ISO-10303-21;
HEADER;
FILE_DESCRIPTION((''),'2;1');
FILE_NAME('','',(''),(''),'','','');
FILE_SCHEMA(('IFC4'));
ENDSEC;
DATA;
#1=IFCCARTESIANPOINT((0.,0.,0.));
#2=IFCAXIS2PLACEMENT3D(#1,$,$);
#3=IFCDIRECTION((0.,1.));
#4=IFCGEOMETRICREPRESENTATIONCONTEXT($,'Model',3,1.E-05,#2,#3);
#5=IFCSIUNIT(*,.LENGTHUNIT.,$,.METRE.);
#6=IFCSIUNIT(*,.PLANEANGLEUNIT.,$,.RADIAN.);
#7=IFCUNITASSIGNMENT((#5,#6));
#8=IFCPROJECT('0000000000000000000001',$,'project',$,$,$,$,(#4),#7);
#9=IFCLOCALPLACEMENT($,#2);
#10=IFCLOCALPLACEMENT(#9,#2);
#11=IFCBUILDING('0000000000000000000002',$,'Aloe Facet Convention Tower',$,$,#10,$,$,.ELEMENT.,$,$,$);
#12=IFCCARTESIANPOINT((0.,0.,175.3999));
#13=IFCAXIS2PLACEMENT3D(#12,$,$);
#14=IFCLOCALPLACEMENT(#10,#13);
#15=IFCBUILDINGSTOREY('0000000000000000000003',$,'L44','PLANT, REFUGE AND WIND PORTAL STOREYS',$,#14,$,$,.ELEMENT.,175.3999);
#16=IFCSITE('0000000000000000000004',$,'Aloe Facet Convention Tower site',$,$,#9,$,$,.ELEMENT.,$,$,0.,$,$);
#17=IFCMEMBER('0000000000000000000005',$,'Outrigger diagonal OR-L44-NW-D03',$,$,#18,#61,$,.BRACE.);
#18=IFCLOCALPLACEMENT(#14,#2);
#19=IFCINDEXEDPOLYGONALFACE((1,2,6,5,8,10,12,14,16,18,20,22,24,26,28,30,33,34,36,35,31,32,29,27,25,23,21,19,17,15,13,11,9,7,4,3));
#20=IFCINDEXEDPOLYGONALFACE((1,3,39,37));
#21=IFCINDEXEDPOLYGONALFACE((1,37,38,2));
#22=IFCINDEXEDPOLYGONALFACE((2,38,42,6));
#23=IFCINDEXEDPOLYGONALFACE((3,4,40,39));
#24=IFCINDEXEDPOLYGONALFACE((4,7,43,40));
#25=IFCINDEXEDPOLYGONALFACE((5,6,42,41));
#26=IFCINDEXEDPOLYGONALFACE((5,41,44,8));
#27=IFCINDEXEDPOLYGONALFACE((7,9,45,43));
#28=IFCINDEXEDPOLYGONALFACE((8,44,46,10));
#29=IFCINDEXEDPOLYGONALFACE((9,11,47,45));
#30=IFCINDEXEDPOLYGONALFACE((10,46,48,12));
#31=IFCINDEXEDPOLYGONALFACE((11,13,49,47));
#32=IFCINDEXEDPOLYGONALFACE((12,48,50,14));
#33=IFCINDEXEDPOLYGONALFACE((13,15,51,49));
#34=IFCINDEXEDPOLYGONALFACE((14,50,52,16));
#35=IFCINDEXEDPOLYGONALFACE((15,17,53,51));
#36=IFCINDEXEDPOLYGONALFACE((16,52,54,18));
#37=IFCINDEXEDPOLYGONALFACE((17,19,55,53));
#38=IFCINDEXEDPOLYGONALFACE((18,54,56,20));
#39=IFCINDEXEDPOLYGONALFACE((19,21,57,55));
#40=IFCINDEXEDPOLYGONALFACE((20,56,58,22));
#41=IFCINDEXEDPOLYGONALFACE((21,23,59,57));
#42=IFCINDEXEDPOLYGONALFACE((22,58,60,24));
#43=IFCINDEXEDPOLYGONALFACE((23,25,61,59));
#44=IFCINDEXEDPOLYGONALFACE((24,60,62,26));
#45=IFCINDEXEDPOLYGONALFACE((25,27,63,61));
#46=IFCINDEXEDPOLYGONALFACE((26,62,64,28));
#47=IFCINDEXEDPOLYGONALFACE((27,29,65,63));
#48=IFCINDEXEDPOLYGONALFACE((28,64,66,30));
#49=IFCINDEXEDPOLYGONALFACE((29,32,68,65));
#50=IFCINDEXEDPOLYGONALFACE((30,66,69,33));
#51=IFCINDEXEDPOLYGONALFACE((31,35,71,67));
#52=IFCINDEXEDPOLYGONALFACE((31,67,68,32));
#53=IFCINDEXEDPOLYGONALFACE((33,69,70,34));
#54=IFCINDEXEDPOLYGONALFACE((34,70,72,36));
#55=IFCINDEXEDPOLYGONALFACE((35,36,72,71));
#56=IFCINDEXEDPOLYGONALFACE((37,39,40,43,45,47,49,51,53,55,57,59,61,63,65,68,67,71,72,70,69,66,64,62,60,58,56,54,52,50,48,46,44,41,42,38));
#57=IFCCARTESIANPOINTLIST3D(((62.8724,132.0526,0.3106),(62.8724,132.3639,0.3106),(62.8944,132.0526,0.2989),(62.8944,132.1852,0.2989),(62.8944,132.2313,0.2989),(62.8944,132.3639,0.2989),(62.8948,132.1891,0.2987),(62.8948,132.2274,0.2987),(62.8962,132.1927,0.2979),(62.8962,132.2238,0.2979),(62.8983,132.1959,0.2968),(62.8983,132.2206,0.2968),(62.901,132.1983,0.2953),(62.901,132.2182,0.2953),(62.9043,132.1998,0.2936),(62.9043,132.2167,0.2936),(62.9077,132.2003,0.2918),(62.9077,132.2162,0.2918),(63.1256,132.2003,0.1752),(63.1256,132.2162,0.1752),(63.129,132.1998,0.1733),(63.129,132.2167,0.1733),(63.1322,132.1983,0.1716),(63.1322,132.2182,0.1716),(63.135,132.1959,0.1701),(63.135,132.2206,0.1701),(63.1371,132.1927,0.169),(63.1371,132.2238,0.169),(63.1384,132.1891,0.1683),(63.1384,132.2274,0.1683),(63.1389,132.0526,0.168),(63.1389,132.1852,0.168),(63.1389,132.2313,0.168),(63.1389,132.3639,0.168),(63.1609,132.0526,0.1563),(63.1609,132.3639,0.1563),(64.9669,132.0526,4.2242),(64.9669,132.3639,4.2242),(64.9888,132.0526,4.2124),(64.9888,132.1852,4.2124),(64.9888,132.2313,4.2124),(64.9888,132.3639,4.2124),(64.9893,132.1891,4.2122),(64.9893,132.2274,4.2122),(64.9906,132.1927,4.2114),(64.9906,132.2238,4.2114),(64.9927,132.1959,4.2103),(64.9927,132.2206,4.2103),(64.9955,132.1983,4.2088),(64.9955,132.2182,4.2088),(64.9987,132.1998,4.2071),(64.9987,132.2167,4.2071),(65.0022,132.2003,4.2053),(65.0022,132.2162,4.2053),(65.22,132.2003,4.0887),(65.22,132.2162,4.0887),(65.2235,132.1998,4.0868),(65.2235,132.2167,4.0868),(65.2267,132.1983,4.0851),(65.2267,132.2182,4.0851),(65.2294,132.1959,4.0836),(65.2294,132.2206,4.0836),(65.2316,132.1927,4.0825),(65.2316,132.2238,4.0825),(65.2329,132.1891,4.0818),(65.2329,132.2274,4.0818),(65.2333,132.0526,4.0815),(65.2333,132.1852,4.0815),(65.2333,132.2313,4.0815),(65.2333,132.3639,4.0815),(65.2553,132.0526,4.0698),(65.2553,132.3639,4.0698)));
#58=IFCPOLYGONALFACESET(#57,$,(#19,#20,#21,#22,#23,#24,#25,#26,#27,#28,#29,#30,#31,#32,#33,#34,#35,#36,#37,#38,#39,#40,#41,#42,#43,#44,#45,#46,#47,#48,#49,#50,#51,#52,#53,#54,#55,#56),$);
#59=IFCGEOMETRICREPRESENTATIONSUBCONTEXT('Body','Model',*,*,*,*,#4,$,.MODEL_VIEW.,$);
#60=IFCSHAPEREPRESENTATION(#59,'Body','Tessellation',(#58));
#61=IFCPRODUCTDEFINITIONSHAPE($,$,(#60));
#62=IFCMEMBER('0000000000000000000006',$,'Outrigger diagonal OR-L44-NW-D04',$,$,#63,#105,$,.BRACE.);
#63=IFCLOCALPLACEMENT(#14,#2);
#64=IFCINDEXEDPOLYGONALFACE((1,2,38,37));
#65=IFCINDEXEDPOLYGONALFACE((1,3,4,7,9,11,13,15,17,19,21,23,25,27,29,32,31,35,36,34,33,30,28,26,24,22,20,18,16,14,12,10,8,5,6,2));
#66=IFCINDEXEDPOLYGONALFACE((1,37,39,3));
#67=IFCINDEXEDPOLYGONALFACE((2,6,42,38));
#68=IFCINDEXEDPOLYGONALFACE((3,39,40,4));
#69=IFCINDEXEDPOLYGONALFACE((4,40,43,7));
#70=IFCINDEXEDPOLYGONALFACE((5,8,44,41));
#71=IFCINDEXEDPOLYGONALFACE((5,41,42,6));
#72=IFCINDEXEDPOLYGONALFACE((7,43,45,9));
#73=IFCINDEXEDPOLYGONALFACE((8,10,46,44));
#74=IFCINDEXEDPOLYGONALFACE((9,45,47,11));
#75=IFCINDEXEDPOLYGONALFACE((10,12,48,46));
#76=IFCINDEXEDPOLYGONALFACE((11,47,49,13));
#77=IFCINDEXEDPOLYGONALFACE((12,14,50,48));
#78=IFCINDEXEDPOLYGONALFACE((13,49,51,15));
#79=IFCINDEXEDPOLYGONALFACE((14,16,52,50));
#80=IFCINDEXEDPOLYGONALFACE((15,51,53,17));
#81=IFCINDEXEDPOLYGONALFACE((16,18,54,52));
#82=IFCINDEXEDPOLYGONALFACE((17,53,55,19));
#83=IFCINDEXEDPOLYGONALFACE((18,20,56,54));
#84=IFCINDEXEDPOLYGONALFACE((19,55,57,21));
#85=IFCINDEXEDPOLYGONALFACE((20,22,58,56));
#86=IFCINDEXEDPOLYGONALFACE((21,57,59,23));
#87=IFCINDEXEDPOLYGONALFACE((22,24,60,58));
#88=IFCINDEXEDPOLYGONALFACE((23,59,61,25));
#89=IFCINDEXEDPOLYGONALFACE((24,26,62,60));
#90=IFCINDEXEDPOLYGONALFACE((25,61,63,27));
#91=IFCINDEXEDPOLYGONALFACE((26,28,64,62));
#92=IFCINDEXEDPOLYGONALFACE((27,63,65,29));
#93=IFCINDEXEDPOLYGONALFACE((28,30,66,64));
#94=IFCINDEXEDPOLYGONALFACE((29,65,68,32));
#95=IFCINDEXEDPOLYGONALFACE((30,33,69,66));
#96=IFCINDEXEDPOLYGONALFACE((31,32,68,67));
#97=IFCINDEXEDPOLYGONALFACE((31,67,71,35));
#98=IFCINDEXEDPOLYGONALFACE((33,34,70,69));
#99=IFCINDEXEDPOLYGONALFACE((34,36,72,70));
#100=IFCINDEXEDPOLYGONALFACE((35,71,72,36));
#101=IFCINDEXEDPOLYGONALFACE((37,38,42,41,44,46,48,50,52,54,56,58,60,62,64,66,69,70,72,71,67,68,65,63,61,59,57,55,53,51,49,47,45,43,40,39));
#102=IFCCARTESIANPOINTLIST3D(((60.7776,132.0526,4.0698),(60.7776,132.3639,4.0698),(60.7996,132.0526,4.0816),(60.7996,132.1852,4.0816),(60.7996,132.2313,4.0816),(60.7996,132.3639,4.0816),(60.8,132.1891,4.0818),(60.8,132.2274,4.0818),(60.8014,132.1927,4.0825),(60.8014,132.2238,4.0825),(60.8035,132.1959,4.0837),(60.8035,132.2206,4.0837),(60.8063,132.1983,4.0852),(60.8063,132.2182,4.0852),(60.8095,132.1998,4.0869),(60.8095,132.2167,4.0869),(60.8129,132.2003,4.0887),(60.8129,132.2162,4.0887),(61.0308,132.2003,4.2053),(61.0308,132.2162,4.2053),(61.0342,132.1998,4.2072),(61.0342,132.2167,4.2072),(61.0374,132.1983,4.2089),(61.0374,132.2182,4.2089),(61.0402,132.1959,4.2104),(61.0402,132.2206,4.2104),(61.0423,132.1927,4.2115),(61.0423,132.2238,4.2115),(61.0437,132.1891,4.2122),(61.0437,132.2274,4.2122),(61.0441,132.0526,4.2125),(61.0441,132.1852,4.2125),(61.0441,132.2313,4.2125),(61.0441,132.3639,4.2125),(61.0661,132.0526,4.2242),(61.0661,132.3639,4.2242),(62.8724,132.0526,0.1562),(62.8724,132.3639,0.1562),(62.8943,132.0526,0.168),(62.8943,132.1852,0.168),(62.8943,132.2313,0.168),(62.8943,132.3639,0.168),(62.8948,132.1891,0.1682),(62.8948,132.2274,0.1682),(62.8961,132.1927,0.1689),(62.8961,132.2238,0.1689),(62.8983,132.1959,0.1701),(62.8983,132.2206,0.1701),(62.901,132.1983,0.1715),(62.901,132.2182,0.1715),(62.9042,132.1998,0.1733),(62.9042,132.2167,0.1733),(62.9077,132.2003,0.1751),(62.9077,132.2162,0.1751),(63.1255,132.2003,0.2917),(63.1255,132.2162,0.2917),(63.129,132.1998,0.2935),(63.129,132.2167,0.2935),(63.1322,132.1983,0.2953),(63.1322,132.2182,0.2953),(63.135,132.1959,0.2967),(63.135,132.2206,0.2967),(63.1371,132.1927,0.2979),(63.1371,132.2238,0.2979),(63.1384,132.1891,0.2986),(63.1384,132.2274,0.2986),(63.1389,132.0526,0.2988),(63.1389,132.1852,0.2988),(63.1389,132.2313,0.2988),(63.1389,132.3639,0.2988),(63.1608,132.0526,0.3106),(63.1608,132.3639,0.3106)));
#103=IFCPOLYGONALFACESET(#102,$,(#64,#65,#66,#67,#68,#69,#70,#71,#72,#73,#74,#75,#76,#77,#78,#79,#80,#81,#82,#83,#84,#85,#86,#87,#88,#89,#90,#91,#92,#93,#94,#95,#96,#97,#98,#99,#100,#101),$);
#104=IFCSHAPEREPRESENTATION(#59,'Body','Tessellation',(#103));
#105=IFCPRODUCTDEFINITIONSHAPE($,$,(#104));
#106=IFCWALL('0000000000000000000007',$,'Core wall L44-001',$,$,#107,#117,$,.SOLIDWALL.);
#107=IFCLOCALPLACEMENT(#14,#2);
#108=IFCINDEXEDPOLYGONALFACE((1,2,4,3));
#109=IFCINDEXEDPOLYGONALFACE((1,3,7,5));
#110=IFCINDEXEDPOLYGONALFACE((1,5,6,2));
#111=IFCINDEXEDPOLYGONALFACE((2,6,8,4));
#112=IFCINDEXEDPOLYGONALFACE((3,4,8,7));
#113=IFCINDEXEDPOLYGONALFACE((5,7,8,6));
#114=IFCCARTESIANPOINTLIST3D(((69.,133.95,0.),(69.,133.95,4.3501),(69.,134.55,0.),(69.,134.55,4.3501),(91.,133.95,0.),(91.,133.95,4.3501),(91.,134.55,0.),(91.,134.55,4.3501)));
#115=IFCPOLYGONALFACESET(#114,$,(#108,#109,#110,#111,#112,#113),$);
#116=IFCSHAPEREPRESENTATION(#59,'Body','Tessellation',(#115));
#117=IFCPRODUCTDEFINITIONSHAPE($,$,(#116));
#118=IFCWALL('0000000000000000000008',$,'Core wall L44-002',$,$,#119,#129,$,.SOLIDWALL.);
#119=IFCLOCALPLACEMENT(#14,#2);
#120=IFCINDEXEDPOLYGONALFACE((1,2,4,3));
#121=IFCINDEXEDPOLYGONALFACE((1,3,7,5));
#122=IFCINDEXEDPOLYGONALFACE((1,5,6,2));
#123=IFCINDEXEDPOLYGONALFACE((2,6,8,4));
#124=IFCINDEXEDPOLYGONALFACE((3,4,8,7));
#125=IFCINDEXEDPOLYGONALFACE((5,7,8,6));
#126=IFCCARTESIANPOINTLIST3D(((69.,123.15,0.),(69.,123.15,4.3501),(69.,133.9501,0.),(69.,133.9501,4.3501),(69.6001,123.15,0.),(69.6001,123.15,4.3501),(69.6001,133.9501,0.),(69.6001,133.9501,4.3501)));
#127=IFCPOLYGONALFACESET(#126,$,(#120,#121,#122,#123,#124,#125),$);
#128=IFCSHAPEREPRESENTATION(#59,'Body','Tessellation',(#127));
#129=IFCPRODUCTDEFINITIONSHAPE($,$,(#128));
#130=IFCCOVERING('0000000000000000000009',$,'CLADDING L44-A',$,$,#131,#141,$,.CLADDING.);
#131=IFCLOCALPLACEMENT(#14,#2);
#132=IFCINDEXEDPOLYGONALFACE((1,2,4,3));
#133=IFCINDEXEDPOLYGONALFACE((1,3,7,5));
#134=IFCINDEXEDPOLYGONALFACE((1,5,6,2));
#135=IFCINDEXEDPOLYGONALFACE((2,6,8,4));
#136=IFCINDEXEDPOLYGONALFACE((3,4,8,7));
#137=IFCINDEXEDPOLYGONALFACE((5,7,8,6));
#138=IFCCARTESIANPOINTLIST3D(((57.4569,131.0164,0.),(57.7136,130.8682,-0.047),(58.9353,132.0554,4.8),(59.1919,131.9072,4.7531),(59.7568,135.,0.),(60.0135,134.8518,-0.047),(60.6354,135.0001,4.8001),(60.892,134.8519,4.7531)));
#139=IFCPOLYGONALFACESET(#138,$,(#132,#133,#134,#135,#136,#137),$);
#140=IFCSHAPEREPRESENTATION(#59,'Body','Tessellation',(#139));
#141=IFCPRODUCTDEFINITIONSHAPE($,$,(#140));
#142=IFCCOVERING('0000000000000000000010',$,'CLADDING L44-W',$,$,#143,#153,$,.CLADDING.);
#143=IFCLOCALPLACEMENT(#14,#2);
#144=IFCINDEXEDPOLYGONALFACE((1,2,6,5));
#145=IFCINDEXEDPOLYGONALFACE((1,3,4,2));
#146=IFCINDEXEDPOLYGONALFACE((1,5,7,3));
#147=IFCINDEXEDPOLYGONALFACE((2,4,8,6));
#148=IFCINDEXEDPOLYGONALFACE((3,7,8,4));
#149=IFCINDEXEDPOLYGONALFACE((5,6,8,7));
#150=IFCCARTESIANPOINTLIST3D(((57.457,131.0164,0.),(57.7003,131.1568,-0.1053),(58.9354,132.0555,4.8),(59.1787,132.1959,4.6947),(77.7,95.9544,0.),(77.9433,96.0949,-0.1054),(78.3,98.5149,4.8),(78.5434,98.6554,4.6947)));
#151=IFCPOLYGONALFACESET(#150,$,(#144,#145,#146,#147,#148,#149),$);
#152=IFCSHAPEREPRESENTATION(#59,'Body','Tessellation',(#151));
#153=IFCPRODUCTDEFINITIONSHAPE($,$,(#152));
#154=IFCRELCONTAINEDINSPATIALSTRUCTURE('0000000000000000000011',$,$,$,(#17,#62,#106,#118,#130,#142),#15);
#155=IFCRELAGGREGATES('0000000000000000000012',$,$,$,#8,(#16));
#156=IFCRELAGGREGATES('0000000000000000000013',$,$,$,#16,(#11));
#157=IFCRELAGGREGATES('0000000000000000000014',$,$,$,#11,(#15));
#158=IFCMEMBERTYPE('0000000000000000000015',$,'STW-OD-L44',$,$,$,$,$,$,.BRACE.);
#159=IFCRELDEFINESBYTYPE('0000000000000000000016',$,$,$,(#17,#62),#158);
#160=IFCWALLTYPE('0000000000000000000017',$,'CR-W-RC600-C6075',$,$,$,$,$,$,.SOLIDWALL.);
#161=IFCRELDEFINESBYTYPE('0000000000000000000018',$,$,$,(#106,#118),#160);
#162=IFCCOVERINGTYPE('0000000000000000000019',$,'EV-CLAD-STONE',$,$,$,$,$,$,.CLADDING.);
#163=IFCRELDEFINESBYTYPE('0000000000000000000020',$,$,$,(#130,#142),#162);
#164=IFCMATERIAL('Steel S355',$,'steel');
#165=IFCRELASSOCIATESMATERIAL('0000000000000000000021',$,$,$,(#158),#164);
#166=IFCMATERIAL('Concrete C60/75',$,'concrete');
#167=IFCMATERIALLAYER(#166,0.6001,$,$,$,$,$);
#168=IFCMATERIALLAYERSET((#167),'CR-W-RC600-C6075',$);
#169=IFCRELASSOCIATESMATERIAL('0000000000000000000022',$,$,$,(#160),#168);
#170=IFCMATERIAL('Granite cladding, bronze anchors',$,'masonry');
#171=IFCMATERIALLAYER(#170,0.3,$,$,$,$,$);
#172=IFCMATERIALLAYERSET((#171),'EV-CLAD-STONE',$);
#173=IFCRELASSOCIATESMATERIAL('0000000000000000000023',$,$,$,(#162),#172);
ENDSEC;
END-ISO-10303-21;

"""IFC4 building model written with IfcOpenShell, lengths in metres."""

from ifc_helpers import new_model, si_unit, direction, frame, frame_2d, origin, origin_2d, place, context, subcontext, project, spatial, polyline, rectangle, i_section, outline, extrude, material, layer, layer_set, material_profile, profile_set, type_object, element, save


model = new_model("IFC4")

# Units and contexts
model_context = context("Model", 3, precision=1e-05, world=origin(), true_north=direction((0.0, 1.0)))
body_context = subcontext(model_context, "Body", "Model", "MODEL_VIEW")
ifc_project = project(units=[si_unit("LENGTHUNIT", "METRE"), si_unit("PLANEANGLEUNIT", "RADIAN")], contexts=[model_context])

# Site, building, storey
site_placement = place(None, origin())
site = spatial("IfcSite", under=ifc_project, at=site_placement, Name="Aloe Facet Convention Tower site", CompositionType="ELEMENT", RefElevation=0.0)
building_placement = place(site_placement, origin())
building = spatial("IfcBuilding", under=site, at=building_placement, Name="Aloe Facet Convention Tower", CompositionType="ELEMENT")
storey_placement = place(building_placement, frame((0.0, 0.0, 175.3999)))
storey = spatial("IfcBuildingStorey", under=building, at=storey_placement, Name="L44", Description="PLANT, REFUGE AND WIND PORTAL STOREYS", CompositionType="ELEMENT", Elevation=175.3999)

# Members
ifc_material_1 = material(Name="Steel S355", Category="steel")
ifc_material_profile_1 = material_profile(ifc_material_1, i_section(OverallWidth=0.3113, OverallDepth=0.3271, WebThickness=0.0159, FlangeThickness=0.0249, FilletRadius=0.0151, at=origin_2d()), Name="UC 305x305x158")
ifc_profile_set_1 = profile_set([ifc_material_profile_1], Name="Steel S355")
member_type_1 = type_object("IfcMemberType", Name="STW-OD-L44", PredefinedType="BRACE", material=ifc_profile_set_1)
for number, where, z_axis, x_axis, name in (
    (1, (65.1111, 132.2083, 4.147), (-0.471858, 0.0, -0.881674), (0.0, -1.0, 0.0), "Outrigger diagonal OR-L44-NW-D03"),
):
    element("IfcMember", number, at=place(storey_placement, frame(where, z_axis=z_axis, x_axis=x_axis)), inside=storey, type_object=member_type_1, Name=name, PredefinedType="BRACE", context=body_context, shape_type="SweptSolid", body=[
        extrude(i_section(OverallWidth=0.3113, OverallDepth=0.3271, WebThickness=0.0159, FlangeThickness=0.0249, FilletRadius=0.0151, at=origin_2d()), origin(), (0.0, 0.0, 1.0), 4.4387),
    ])
member_1_placement = place(storey_placement, frame((63.0166, 132.2083, 0.2334), z_axis=(-0.471901, 0.0, 0.881652), x_axis=(0.0, -1.0, 0.0)))
element("IfcMember", 2, at=member_1_placement, inside=storey, type_object=member_type_1, Name="Outrigger diagonal OR-L44-NW-D04", PredefinedType="BRACE", context=body_context, shape_type="SweptSolid", body=[
    extrude(i_section(OverallWidth=0.3113, OverallDepth=0.3271, WebThickness=0.0159, FlangeThickness=0.0249, FilletRadius=0.0151, at=origin_2d()), origin(), (0.0, 0.0, 1.0), 4.439),
])

# Walls
ifc_material_2 = material(Name="Concrete C60/75", Category="concrete")
ifc_layer_1 = layer(ifc_material_2, 0.6001)
ifc_layer_set_1 = layer_set([ifc_layer_1], Name="CR-W-RC600-C6075")
wall_type = type_object("IfcWallType", Name="CR-W-RC600-C6075", PredefinedType="SOLIDWALL", material=ifc_layer_set_1)
wall_1_placement = place(storey_placement, frame((69.0, 134.25, 0.0), z_axis=(0.0, 0.0, 1.0), x_axis=(1.0, 0.0, 0.0)))
element("IfcWall", 3, at=wall_1_placement, inside=storey, type_object=wall_type, Name="Core wall L44-001", PredefinedType="SOLIDWALL", context=body_context, shape_type="SweptSolid", body=[
    extrude(rectangle(XDim=22.0, YDim=0.6001, at=frame_2d((11.0, 0.0))), origin(), (0.0, 0.0, 1.0), 4.3501),
])
wall_2_placement = place(storey_placement, frame((69.3, 133.95, 0.0), z_axis=(0.0, 0.0, 1.0), x_axis=(0.0, -1.0, 0.0)))
element("IfcWall", 4, at=wall_2_placement, inside=storey, type_object=wall_type, Name="Core wall L44-002", PredefinedType="SOLIDWALL", context=body_context, shape_type="SweptSolid", body=[
    extrude(rectangle(XDim=10.8, YDim=0.6001, at=frame_2d((5.3999, 0.0))), origin(), (0.0, 0.0, 1.0), 4.3501),
])

# Coverings
ifc_material_3 = material(Name="Granite cladding, bronze anchors", Category="masonry")
ifc_layer_2 = layer(ifc_material_3, 0.3)
ifc_layer_set_2 = layer_set([ifc_layer_2], Name="EV-CLAD-STONE")
covering_type = type_object("IfcCoveringType", Name="EV-CLAD-STONE", PredefinedType="CLADDING", material=ifc_layer_set_2)
covering_1_placement = place(storey_placement, frame((59.7568, 135.0, 0.0), z_axis=(-0.855348, 0.493834, 0.156548), x_axis=(-0.499998, -0.866026, 0.000004)))
element("IfcCovering", 5, at=covering_1_placement, inside=storey, type_object=covering_type, Name="CLADDING L44-A", PredefinedType="CLADDING", context=body_context, shape_type="SweptSolid", body=[
    extrude(outline(polyline([(0.0, 0.0), (4.5998, 0.0), (2.9609, 4.86), (-0.4393, 4.86), (0.0, 0.0)])), origin(), (0.0, 0.0, -1.0), 0.3),
])
covering_2_placement = place(storey_placement, frame((57.457, 131.0164, 0.0), z_axis=(-0.810894, -0.468169, 0.351097), x_axis=(0.499999, -0.866026, -0.000001)))
element("IfcCovering", 6, at=covering_2_placement, inside=storey, type_object=covering_type, Name="CLADDING L44-W", PredefinedType="CLADDING", context=body_context, shape_type="SweptSolid", body=[
    extrude(outline(polyline([(0.0, 0.0), (40.4861, 0.0), (38.5686, 5.1264), (-0.1607, 5.1264), (0.0, 0.0)])), origin(), (0.0, 0.0, -1.0), 0.3),
])

save(model, "model.ifc")
